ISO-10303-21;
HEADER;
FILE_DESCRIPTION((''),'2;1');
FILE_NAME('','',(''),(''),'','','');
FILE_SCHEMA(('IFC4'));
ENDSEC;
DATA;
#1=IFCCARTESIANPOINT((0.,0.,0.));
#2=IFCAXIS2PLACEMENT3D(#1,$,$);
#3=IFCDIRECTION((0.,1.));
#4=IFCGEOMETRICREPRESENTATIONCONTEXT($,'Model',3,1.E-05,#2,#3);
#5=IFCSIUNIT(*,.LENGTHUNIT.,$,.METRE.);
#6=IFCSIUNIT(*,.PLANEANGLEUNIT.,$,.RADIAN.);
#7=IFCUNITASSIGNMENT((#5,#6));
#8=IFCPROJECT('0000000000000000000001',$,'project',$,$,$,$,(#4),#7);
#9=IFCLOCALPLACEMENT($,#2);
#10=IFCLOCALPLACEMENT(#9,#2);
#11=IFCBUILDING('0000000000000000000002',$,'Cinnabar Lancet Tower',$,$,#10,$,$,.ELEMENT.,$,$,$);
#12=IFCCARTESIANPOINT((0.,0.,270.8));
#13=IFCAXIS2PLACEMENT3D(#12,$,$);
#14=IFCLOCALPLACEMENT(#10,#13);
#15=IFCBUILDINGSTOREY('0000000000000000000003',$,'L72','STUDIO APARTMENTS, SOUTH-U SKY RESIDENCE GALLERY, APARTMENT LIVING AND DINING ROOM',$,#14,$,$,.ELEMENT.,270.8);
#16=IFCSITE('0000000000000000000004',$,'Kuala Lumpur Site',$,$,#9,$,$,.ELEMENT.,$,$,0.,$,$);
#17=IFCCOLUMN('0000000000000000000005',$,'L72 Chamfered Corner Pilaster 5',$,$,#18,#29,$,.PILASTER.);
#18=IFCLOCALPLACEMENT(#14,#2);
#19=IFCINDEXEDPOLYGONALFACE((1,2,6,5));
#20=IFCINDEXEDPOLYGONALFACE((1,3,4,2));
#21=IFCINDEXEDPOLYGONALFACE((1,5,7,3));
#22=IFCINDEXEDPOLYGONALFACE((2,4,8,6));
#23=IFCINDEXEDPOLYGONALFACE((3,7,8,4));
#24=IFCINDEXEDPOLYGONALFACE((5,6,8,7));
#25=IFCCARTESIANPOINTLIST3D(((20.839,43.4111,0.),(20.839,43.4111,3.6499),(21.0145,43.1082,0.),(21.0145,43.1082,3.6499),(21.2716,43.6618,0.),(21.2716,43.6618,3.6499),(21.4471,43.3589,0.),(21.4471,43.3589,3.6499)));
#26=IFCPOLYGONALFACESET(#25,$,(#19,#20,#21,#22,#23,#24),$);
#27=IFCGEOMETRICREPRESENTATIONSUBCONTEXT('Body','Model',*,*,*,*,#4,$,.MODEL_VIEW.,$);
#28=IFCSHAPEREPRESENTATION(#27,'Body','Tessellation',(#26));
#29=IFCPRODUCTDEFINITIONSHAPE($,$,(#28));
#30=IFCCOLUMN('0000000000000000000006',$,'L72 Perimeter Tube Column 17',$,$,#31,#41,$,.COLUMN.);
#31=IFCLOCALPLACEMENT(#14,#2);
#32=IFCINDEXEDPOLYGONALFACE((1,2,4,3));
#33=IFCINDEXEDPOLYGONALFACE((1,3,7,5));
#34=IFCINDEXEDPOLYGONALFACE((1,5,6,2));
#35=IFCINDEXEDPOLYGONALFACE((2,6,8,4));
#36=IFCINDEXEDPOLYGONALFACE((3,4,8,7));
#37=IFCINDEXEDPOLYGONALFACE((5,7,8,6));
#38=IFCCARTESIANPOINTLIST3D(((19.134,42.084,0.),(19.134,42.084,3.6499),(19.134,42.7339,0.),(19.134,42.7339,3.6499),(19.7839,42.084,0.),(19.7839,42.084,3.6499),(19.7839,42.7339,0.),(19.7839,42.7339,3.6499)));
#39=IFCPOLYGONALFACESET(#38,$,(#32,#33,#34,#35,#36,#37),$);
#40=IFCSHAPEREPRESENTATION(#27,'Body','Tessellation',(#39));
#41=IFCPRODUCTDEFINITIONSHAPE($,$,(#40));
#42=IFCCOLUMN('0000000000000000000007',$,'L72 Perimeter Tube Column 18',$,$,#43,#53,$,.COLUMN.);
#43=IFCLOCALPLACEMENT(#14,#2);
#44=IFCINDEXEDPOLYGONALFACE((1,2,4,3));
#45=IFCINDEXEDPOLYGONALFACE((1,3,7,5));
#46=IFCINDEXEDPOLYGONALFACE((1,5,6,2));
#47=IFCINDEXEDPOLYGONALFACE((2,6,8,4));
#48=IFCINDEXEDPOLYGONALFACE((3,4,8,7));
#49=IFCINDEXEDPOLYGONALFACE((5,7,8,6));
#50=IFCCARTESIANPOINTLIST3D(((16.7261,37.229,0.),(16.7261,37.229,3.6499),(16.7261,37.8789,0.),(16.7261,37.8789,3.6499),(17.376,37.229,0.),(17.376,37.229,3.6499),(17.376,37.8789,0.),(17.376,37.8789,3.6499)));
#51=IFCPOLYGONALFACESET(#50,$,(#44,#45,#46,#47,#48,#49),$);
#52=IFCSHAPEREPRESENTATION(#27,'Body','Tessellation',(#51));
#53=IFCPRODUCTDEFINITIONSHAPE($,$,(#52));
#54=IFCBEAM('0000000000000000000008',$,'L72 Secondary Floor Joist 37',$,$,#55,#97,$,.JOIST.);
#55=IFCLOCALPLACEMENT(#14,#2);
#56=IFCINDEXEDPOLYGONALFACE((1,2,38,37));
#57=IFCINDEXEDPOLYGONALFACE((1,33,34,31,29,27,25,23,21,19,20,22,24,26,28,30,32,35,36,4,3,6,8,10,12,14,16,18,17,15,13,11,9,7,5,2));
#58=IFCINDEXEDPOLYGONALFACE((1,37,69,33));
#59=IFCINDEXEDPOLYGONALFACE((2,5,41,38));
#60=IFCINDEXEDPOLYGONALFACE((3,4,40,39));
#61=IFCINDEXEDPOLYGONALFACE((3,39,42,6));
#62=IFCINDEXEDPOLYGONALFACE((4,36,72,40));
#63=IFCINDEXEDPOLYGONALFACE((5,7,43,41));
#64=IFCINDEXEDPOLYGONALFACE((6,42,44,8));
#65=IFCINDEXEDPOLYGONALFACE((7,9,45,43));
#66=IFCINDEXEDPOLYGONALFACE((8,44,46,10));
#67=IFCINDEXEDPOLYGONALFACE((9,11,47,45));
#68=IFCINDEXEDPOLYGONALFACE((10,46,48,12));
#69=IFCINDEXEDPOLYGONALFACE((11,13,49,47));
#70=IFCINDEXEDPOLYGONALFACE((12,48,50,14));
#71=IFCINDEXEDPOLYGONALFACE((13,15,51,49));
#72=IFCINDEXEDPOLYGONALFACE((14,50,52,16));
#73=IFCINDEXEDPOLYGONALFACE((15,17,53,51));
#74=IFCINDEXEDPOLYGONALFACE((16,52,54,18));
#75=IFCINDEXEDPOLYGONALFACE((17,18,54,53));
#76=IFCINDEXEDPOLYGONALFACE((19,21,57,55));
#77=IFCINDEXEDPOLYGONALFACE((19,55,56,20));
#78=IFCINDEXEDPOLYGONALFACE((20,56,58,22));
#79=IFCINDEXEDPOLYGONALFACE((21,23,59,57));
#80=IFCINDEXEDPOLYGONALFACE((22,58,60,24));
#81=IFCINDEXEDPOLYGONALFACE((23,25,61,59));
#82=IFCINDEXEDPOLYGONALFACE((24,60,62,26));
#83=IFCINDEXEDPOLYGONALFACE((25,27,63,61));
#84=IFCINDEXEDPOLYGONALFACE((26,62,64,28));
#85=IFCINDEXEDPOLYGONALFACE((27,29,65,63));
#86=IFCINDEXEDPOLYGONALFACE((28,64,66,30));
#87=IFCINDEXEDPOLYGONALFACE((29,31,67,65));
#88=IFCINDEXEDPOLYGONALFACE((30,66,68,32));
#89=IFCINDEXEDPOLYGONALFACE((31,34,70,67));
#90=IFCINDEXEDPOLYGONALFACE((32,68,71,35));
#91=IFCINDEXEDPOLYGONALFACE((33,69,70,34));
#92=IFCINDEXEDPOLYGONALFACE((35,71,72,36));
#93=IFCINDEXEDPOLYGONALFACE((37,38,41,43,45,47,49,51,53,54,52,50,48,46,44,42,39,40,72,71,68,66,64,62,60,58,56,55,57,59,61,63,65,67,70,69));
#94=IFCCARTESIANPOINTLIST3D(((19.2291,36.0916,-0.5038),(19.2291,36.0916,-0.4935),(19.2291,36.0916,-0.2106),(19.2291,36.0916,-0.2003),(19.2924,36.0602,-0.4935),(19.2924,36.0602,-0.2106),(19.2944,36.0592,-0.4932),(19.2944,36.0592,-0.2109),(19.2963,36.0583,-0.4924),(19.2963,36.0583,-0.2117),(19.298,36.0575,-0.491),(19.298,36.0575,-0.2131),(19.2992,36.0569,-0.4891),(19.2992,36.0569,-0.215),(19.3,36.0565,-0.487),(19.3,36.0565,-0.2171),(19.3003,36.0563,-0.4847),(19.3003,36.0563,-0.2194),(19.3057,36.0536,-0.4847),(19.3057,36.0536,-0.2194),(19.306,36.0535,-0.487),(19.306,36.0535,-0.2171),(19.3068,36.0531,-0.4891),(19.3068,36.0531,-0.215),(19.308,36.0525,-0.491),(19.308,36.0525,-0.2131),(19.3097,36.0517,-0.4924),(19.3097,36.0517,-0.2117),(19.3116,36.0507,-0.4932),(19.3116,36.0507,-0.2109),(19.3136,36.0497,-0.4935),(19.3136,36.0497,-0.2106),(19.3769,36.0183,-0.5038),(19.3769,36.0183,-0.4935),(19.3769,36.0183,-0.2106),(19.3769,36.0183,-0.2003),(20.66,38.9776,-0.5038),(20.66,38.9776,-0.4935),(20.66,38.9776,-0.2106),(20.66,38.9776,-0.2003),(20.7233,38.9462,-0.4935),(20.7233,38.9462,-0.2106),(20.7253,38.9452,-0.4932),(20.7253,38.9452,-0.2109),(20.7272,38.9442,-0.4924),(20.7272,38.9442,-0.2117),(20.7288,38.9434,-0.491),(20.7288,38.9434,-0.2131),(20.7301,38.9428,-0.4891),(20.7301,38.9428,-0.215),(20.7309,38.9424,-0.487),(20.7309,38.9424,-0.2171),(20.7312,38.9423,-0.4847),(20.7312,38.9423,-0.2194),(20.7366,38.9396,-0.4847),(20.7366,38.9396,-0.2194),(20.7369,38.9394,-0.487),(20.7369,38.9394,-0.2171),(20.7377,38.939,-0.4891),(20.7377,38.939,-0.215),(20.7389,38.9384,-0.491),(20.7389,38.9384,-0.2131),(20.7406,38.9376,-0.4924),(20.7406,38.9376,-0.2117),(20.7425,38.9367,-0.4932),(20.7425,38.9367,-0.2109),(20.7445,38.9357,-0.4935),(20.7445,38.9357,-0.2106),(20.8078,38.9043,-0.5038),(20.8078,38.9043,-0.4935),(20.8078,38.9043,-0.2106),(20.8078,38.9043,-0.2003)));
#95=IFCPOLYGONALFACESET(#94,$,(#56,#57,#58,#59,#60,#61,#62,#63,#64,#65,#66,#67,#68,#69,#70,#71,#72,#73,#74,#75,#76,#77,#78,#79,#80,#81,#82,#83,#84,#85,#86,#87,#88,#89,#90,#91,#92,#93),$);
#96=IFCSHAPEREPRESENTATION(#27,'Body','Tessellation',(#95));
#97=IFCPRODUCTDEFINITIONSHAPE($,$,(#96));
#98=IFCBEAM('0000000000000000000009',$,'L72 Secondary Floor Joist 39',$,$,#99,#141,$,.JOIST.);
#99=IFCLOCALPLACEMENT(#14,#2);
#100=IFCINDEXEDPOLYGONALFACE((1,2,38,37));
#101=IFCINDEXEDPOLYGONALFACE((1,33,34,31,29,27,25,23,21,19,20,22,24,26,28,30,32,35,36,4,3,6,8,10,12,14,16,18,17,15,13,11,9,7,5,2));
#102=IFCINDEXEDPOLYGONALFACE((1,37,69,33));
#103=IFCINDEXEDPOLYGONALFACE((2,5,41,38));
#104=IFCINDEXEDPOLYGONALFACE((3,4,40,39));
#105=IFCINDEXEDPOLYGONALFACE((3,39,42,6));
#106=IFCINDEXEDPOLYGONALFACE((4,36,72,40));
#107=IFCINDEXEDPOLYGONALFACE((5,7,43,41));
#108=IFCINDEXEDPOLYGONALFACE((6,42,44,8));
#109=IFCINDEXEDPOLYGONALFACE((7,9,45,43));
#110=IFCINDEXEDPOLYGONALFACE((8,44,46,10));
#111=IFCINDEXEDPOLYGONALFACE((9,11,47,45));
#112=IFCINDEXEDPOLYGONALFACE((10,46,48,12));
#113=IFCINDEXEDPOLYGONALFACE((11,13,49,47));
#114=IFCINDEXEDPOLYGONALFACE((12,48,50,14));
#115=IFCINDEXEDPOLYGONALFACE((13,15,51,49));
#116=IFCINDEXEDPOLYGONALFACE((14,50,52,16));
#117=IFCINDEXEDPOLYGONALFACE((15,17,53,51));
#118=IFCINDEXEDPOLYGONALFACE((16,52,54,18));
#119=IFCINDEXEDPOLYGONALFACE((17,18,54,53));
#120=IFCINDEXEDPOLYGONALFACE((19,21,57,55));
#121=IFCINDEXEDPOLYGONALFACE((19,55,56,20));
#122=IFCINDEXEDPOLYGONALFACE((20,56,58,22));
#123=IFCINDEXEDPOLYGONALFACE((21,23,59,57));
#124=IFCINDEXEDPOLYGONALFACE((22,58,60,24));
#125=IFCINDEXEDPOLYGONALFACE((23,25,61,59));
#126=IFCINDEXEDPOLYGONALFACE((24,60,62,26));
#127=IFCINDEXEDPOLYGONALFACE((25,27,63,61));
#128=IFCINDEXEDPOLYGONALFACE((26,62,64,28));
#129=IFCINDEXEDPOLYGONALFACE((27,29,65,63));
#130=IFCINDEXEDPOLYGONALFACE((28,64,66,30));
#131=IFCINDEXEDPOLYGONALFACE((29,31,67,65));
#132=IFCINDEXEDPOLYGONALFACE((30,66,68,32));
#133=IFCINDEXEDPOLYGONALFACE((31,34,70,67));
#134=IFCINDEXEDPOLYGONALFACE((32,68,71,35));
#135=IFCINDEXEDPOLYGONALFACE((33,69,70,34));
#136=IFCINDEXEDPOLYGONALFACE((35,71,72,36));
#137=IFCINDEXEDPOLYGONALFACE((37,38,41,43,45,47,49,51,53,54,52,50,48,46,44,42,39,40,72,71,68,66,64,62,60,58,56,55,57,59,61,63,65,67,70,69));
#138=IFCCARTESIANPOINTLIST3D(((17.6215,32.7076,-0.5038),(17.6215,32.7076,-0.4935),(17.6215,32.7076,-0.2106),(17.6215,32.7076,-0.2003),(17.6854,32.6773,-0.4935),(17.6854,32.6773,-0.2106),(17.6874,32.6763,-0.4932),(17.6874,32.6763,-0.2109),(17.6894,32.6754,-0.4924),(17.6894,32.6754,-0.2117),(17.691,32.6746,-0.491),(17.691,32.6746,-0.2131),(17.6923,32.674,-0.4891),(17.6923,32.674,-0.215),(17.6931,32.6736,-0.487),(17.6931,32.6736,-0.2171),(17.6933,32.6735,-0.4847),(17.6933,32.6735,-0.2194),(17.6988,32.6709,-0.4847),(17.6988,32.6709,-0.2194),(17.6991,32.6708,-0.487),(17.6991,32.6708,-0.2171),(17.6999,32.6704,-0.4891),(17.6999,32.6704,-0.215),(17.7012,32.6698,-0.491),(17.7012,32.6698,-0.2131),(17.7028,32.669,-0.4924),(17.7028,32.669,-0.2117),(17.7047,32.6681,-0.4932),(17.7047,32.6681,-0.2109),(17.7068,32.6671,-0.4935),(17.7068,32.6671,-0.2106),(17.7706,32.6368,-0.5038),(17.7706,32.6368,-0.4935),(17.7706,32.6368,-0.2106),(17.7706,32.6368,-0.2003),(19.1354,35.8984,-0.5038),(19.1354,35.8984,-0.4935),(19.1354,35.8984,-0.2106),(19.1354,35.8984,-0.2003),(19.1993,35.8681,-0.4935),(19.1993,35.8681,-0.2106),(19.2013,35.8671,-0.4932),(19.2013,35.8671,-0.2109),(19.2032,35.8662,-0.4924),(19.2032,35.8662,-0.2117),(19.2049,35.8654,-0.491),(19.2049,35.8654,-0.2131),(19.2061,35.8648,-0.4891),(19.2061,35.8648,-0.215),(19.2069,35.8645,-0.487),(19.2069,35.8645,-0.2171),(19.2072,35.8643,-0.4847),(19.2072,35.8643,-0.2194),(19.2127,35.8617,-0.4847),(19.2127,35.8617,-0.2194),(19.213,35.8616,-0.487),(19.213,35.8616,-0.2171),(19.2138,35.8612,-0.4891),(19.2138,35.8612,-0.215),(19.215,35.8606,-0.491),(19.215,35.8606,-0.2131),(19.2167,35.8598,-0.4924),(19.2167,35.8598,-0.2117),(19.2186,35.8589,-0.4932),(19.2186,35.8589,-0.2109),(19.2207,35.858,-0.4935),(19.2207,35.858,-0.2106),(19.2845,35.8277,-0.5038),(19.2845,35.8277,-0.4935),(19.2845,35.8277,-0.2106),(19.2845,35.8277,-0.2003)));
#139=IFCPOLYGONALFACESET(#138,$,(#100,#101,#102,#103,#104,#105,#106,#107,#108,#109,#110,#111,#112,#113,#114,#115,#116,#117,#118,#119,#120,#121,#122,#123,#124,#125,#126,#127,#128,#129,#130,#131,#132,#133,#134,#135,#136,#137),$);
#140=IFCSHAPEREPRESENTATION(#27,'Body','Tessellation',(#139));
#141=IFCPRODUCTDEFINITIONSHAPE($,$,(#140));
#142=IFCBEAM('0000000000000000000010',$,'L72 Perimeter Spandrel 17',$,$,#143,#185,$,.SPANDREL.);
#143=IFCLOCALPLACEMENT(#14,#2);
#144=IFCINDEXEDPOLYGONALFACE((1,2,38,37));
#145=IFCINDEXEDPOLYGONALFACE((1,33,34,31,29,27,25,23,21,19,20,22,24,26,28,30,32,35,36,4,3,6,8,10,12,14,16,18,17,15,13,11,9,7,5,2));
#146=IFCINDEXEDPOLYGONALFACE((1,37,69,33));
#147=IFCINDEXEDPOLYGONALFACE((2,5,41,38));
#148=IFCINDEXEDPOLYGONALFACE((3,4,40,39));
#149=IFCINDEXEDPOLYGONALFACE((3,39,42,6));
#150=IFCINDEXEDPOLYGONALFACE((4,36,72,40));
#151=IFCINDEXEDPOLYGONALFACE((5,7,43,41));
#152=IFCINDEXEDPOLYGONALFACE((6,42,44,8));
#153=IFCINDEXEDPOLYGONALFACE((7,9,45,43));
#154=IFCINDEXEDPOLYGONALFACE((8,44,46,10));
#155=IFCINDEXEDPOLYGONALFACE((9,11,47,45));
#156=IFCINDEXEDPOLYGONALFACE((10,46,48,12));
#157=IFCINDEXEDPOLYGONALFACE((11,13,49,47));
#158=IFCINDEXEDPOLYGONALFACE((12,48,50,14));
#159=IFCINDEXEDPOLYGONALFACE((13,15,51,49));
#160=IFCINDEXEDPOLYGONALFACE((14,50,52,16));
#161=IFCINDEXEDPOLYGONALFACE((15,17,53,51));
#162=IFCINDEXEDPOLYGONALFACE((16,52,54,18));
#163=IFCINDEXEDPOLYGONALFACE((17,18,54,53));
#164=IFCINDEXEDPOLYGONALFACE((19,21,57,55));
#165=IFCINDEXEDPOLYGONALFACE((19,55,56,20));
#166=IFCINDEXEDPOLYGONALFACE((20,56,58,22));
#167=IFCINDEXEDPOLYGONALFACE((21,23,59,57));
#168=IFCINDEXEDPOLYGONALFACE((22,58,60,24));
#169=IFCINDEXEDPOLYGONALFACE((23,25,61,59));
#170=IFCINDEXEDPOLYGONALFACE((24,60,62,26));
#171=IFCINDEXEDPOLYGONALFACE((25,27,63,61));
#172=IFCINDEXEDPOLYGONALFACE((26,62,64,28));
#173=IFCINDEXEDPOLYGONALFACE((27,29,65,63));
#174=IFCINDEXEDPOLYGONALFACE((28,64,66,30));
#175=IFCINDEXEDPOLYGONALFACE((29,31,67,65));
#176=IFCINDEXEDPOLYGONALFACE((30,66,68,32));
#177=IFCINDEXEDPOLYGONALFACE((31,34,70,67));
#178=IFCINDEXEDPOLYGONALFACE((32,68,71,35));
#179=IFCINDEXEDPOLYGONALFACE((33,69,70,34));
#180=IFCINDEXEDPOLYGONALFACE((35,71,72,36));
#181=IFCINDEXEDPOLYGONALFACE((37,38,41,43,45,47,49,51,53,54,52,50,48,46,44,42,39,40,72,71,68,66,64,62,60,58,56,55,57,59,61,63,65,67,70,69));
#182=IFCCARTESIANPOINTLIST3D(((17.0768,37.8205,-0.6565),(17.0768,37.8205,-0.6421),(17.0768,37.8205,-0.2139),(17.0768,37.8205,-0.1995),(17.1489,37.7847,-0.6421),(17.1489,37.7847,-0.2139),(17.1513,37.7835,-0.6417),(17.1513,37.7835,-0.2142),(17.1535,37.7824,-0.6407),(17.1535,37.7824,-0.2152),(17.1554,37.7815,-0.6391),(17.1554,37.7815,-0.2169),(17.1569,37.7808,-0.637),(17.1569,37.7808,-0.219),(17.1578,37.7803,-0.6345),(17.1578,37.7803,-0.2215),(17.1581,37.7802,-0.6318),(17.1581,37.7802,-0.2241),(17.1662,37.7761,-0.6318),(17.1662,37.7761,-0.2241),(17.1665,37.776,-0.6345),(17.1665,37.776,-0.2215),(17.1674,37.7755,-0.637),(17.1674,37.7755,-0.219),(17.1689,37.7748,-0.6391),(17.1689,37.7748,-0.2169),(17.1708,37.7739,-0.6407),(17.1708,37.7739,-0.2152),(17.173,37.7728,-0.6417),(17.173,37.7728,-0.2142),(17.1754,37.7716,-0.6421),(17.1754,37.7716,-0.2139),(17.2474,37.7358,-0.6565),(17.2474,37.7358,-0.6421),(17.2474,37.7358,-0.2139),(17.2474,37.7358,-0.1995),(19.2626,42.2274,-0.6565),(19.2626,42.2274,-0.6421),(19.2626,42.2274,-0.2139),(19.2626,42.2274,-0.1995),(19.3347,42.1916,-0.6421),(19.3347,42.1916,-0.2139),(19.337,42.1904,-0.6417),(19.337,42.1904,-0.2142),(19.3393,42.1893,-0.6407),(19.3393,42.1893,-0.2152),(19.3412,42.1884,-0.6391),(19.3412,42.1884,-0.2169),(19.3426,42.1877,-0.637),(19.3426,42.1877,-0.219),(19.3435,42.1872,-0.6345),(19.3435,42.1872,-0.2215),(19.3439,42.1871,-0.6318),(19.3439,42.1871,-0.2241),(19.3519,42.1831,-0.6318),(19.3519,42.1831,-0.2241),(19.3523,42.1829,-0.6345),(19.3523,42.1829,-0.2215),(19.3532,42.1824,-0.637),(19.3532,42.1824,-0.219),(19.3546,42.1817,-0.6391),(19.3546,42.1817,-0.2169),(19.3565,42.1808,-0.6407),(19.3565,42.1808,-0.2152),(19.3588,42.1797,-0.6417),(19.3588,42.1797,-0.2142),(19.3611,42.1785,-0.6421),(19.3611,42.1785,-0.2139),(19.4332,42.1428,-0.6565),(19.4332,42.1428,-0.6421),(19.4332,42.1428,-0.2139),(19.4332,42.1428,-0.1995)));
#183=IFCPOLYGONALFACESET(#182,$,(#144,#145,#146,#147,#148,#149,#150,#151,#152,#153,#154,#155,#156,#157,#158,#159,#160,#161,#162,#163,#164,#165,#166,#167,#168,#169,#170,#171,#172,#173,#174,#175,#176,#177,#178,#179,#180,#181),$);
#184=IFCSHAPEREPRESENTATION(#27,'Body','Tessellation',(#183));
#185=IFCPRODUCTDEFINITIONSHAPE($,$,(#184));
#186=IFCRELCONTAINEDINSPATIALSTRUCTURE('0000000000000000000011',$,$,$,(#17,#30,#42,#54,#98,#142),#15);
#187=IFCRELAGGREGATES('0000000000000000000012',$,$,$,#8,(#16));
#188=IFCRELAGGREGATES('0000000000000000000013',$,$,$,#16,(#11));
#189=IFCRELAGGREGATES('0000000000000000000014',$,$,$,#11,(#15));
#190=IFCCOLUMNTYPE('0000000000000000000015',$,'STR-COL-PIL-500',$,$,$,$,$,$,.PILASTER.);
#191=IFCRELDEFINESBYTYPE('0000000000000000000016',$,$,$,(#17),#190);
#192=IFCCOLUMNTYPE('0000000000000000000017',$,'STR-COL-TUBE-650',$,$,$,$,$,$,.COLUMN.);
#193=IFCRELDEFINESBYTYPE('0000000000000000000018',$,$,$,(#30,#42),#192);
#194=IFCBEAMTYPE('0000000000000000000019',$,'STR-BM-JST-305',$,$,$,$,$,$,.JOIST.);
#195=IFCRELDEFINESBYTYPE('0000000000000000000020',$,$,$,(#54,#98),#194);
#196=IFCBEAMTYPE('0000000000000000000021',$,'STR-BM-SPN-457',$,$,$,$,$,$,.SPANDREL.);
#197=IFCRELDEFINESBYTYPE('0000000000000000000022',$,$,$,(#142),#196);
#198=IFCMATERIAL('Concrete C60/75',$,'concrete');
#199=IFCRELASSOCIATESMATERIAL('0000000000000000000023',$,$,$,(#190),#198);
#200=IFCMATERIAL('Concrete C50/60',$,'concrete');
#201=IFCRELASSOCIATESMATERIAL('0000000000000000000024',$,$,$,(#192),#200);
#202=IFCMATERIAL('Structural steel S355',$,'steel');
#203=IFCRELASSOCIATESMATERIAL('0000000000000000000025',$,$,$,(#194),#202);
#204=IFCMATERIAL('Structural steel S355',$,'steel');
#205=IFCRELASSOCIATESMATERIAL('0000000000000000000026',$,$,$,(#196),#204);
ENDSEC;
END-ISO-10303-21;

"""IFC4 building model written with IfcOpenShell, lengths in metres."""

from ifc_helpers import new_model, si_unit, direction, frame, origin, origin_2d, place, context, subcontext, project, spatial, rectangle, i_section, extrude, material, material_profile, profile_set, type_object, element, save


model = new_model("IFC4")

# Units and contexts
model_context = context("Model", 3, precision=1e-05, world=origin(), true_north=direction((0.0, 1.0)))
body_context = subcontext(model_context, "Body", "Model", "MODEL_VIEW")
ifc_project = project(units=[si_unit("LENGTHUNIT", "METRE"), si_unit("PLANEANGLEUNIT", "RADIAN")], contexts=[model_context])

# Site, building, storey
site_placement = place(None, origin())
site = spatial("IfcSite", under=ifc_project, at=site_placement, Name="Kuala Lumpur Site", CompositionType="ELEMENT", RefElevation=0.0)
building_placement = place(site_placement, origin())
building = spatial("IfcBuilding", under=site, at=building_placement, Name="Cinnabar Lancet Tower", CompositionType="ELEMENT")
storey_placement = place(building_placement, frame((0.0, 0.0, 270.8)))
storey = spatial("IfcBuildingStorey", under=building, at=storey_placement, Name="L72", Description="STUDIO APARTMENTS, SOUTH-U SKY RESIDENCE GALLERY, APARTMENT LIVING AND DINING ROOM", CompositionType="ELEMENT", Elevation=270.8)

# Columns
ifc_material_1 = material(Name="Concrete C60/75", Category="concrete")
ifc_material_profile_1 = material_profile(ifc_material_1, rectangle(XDim=0.5, YDim=0.3501, at=origin_2d()), Name="RC-PIL 500x350")
ifc_profile_set_1 = profile_set([ifc_material_profile_1], Name="Concrete C60/75")
column_type_1 = type_object("IfcColumnType", Name="STR-COL-PIL-500", PredefinedType="PILASTER", material=ifc_profile_set_1)
column_placement = place(storey_placement, frame((21.1431, 43.385, 0.0), z_axis=(0.0, 0.0, 1.0), x_axis=(-0.865256, -0.50133, 0.0)))
element("IfcColumn", 1, at=column_placement, inside=storey, type_object=column_type_1, Name="L72 Chamfered Corner Pilaster 5", PredefinedType="PILASTER", context=body_context, shape_type="SweptSolid", body=[
    extrude(rectangle(XDim=0.5, YDim=0.3501, at=origin_2d()), origin(), (0.0, 0.0, 1.0), 3.6499),
])
ifc_material_2 = material(Name="Concrete C50/60", Category="concrete")
ifc_material_profile_2 = material_profile(ifc_material_2, rectangle(XDim=0.6499, YDim=0.6499, at=origin_2d()), Name="RC-COL 650x650")
ifc_profile_set_2 = profile_set([ifc_material_profile_2], Name="Concrete C50/60")
column_type_2 = type_object("IfcColumnType", Name="STR-COL-TUBE-650", PredefinedType="COLUMN", material=ifc_profile_set_2)
for number, where, z_axis, x_axis, name in (
    (2, (19.459, 42.4089, 0.0), (0.0, 0.0, 1.0), (1.0, 0.0, 0.0), "L72 Perimeter Tube Column 17"),
    (3, (17.051, 37.554, 0.0), (0.0, 0.0, 1.0), (1.0, 0.0, 0.0), "L72 Perimeter Tube Column 18"),
):
    element("IfcColumn", number, at=place(storey_placement, frame(where, z_axis=z_axis, x_axis=x_axis)), inside=storey, type_object=column_type_2, Name=name, PredefinedType="COLUMN", context=body_context, shape_type="SweptSolid", body=[
        extrude(rectangle(XDim=0.6499, YDim=0.6499, at=origin_2d()), origin(), (0.0, 0.0, 1.0), 3.6499),
    ])

# Beams
ifc_material_3 = material(Name="Structural steel S355", Category="steel")
ifc_material_profile_3 = material_profile(ifc_material_3, i_section(OverallWidth=0.165, OverallDepth=0.3035, WebThickness=0.0061, FlangeThickness=0.0103, FilletRadius=0.0088, at=origin_2d()), Name="UKB 305x165x40")
ifc_profile_set_3 = profile_set([ifc_material_profile_3], Name="Structural steel S355")
beam_type_1 = type_object("IfcBeamType", Name="STR-BM-JST-305", PredefinedType="JOIST", material=ifc_profile_set_3)
beam_1_placement = place(storey_placement, frame((20.7339, 38.9409, -0.3521), z_axis=(-0.44421, -0.895923, 0.0), x_axis=(0.895923, -0.44421, 0.0)))
element("IfcBeam", 4, at=beam_1_placement, inside=storey, type_object=beam_type_1, Name="L72 Secondary Floor Joist 37", PredefinedType="JOIST", context=body_context, shape_type="SweptSolid", body=[
    extrude(i_section(OverallWidth=0.165, OverallDepth=0.3035, WebThickness=0.0061, FlangeThickness=0.0103, FilletRadius=0.0088, at=origin_2d()), origin(), (0.0, 0.0, 1.0), 3.2212),
])
beam_2_placement = place(storey_placement, frame((19.21, 35.863, -0.3521), z_axis=(-0.428648, -0.903472, 0.0), x_axis=(0.903472, -0.428648, 0.0)))
element("IfcBeam", 5, at=beam_2_placement, inside=storey, type_object=beam_type_1, Name="L72 Secondary Floor Joist 39", PredefinedType="JOIST", context=body_context, shape_type="SweptSolid", body=[
    extrude(i_section(OverallWidth=0.165, OverallDepth=0.3035, WebThickness=0.0061, FlangeThickness=0.0103, FilletRadius=0.0088, at=origin_2d()), origin(), (0.0, 0.0, 1.0), 3.5317),
])
ifc_material_4 = material(Name="Structural steel S355", Category="steel")
ifc_material_profile_4 = material_profile(ifc_material_4, i_section(OverallWidth=0.1904, OverallDepth=0.457, WebThickness=0.009, FlangeThickness=0.0144, FilletRadius=0.0103, at=origin_2d()), Name="UKB 457x191x74")
ifc_profile_set_4 = profile_set([ifc_material_profile_4], Name="Structural steel S355")
beam_type_2 = type_object("IfcBeamType", Name="STR-BM-SPN-457", PredefinedType="SPANDREL", material=ifc_profile_set_4)
beam_3_placement = place(storey_placement, frame((19.3479, 42.1851, -0.428), z_axis=(-0.444333, -0.895862, 0.0), x_axis=(0.895862, -0.444333, 0.0)))
element("IfcBeam", 6, at=beam_3_placement, inside=storey, type_object=beam_type_2, Name="L72 Perimeter Spandrel 17", PredefinedType="SPANDREL", context=body_context, shape_type="SweptSolid", body=[
    extrude(i_section(OverallWidth=0.1904, OverallDepth=0.457, WebThickness=0.009, FlangeThickness=0.0144, FilletRadius=0.0103, at=origin_2d()), origin(), (0.0, 0.0, 1.0), 4.9192),
])

save(model, "model.ifc")
